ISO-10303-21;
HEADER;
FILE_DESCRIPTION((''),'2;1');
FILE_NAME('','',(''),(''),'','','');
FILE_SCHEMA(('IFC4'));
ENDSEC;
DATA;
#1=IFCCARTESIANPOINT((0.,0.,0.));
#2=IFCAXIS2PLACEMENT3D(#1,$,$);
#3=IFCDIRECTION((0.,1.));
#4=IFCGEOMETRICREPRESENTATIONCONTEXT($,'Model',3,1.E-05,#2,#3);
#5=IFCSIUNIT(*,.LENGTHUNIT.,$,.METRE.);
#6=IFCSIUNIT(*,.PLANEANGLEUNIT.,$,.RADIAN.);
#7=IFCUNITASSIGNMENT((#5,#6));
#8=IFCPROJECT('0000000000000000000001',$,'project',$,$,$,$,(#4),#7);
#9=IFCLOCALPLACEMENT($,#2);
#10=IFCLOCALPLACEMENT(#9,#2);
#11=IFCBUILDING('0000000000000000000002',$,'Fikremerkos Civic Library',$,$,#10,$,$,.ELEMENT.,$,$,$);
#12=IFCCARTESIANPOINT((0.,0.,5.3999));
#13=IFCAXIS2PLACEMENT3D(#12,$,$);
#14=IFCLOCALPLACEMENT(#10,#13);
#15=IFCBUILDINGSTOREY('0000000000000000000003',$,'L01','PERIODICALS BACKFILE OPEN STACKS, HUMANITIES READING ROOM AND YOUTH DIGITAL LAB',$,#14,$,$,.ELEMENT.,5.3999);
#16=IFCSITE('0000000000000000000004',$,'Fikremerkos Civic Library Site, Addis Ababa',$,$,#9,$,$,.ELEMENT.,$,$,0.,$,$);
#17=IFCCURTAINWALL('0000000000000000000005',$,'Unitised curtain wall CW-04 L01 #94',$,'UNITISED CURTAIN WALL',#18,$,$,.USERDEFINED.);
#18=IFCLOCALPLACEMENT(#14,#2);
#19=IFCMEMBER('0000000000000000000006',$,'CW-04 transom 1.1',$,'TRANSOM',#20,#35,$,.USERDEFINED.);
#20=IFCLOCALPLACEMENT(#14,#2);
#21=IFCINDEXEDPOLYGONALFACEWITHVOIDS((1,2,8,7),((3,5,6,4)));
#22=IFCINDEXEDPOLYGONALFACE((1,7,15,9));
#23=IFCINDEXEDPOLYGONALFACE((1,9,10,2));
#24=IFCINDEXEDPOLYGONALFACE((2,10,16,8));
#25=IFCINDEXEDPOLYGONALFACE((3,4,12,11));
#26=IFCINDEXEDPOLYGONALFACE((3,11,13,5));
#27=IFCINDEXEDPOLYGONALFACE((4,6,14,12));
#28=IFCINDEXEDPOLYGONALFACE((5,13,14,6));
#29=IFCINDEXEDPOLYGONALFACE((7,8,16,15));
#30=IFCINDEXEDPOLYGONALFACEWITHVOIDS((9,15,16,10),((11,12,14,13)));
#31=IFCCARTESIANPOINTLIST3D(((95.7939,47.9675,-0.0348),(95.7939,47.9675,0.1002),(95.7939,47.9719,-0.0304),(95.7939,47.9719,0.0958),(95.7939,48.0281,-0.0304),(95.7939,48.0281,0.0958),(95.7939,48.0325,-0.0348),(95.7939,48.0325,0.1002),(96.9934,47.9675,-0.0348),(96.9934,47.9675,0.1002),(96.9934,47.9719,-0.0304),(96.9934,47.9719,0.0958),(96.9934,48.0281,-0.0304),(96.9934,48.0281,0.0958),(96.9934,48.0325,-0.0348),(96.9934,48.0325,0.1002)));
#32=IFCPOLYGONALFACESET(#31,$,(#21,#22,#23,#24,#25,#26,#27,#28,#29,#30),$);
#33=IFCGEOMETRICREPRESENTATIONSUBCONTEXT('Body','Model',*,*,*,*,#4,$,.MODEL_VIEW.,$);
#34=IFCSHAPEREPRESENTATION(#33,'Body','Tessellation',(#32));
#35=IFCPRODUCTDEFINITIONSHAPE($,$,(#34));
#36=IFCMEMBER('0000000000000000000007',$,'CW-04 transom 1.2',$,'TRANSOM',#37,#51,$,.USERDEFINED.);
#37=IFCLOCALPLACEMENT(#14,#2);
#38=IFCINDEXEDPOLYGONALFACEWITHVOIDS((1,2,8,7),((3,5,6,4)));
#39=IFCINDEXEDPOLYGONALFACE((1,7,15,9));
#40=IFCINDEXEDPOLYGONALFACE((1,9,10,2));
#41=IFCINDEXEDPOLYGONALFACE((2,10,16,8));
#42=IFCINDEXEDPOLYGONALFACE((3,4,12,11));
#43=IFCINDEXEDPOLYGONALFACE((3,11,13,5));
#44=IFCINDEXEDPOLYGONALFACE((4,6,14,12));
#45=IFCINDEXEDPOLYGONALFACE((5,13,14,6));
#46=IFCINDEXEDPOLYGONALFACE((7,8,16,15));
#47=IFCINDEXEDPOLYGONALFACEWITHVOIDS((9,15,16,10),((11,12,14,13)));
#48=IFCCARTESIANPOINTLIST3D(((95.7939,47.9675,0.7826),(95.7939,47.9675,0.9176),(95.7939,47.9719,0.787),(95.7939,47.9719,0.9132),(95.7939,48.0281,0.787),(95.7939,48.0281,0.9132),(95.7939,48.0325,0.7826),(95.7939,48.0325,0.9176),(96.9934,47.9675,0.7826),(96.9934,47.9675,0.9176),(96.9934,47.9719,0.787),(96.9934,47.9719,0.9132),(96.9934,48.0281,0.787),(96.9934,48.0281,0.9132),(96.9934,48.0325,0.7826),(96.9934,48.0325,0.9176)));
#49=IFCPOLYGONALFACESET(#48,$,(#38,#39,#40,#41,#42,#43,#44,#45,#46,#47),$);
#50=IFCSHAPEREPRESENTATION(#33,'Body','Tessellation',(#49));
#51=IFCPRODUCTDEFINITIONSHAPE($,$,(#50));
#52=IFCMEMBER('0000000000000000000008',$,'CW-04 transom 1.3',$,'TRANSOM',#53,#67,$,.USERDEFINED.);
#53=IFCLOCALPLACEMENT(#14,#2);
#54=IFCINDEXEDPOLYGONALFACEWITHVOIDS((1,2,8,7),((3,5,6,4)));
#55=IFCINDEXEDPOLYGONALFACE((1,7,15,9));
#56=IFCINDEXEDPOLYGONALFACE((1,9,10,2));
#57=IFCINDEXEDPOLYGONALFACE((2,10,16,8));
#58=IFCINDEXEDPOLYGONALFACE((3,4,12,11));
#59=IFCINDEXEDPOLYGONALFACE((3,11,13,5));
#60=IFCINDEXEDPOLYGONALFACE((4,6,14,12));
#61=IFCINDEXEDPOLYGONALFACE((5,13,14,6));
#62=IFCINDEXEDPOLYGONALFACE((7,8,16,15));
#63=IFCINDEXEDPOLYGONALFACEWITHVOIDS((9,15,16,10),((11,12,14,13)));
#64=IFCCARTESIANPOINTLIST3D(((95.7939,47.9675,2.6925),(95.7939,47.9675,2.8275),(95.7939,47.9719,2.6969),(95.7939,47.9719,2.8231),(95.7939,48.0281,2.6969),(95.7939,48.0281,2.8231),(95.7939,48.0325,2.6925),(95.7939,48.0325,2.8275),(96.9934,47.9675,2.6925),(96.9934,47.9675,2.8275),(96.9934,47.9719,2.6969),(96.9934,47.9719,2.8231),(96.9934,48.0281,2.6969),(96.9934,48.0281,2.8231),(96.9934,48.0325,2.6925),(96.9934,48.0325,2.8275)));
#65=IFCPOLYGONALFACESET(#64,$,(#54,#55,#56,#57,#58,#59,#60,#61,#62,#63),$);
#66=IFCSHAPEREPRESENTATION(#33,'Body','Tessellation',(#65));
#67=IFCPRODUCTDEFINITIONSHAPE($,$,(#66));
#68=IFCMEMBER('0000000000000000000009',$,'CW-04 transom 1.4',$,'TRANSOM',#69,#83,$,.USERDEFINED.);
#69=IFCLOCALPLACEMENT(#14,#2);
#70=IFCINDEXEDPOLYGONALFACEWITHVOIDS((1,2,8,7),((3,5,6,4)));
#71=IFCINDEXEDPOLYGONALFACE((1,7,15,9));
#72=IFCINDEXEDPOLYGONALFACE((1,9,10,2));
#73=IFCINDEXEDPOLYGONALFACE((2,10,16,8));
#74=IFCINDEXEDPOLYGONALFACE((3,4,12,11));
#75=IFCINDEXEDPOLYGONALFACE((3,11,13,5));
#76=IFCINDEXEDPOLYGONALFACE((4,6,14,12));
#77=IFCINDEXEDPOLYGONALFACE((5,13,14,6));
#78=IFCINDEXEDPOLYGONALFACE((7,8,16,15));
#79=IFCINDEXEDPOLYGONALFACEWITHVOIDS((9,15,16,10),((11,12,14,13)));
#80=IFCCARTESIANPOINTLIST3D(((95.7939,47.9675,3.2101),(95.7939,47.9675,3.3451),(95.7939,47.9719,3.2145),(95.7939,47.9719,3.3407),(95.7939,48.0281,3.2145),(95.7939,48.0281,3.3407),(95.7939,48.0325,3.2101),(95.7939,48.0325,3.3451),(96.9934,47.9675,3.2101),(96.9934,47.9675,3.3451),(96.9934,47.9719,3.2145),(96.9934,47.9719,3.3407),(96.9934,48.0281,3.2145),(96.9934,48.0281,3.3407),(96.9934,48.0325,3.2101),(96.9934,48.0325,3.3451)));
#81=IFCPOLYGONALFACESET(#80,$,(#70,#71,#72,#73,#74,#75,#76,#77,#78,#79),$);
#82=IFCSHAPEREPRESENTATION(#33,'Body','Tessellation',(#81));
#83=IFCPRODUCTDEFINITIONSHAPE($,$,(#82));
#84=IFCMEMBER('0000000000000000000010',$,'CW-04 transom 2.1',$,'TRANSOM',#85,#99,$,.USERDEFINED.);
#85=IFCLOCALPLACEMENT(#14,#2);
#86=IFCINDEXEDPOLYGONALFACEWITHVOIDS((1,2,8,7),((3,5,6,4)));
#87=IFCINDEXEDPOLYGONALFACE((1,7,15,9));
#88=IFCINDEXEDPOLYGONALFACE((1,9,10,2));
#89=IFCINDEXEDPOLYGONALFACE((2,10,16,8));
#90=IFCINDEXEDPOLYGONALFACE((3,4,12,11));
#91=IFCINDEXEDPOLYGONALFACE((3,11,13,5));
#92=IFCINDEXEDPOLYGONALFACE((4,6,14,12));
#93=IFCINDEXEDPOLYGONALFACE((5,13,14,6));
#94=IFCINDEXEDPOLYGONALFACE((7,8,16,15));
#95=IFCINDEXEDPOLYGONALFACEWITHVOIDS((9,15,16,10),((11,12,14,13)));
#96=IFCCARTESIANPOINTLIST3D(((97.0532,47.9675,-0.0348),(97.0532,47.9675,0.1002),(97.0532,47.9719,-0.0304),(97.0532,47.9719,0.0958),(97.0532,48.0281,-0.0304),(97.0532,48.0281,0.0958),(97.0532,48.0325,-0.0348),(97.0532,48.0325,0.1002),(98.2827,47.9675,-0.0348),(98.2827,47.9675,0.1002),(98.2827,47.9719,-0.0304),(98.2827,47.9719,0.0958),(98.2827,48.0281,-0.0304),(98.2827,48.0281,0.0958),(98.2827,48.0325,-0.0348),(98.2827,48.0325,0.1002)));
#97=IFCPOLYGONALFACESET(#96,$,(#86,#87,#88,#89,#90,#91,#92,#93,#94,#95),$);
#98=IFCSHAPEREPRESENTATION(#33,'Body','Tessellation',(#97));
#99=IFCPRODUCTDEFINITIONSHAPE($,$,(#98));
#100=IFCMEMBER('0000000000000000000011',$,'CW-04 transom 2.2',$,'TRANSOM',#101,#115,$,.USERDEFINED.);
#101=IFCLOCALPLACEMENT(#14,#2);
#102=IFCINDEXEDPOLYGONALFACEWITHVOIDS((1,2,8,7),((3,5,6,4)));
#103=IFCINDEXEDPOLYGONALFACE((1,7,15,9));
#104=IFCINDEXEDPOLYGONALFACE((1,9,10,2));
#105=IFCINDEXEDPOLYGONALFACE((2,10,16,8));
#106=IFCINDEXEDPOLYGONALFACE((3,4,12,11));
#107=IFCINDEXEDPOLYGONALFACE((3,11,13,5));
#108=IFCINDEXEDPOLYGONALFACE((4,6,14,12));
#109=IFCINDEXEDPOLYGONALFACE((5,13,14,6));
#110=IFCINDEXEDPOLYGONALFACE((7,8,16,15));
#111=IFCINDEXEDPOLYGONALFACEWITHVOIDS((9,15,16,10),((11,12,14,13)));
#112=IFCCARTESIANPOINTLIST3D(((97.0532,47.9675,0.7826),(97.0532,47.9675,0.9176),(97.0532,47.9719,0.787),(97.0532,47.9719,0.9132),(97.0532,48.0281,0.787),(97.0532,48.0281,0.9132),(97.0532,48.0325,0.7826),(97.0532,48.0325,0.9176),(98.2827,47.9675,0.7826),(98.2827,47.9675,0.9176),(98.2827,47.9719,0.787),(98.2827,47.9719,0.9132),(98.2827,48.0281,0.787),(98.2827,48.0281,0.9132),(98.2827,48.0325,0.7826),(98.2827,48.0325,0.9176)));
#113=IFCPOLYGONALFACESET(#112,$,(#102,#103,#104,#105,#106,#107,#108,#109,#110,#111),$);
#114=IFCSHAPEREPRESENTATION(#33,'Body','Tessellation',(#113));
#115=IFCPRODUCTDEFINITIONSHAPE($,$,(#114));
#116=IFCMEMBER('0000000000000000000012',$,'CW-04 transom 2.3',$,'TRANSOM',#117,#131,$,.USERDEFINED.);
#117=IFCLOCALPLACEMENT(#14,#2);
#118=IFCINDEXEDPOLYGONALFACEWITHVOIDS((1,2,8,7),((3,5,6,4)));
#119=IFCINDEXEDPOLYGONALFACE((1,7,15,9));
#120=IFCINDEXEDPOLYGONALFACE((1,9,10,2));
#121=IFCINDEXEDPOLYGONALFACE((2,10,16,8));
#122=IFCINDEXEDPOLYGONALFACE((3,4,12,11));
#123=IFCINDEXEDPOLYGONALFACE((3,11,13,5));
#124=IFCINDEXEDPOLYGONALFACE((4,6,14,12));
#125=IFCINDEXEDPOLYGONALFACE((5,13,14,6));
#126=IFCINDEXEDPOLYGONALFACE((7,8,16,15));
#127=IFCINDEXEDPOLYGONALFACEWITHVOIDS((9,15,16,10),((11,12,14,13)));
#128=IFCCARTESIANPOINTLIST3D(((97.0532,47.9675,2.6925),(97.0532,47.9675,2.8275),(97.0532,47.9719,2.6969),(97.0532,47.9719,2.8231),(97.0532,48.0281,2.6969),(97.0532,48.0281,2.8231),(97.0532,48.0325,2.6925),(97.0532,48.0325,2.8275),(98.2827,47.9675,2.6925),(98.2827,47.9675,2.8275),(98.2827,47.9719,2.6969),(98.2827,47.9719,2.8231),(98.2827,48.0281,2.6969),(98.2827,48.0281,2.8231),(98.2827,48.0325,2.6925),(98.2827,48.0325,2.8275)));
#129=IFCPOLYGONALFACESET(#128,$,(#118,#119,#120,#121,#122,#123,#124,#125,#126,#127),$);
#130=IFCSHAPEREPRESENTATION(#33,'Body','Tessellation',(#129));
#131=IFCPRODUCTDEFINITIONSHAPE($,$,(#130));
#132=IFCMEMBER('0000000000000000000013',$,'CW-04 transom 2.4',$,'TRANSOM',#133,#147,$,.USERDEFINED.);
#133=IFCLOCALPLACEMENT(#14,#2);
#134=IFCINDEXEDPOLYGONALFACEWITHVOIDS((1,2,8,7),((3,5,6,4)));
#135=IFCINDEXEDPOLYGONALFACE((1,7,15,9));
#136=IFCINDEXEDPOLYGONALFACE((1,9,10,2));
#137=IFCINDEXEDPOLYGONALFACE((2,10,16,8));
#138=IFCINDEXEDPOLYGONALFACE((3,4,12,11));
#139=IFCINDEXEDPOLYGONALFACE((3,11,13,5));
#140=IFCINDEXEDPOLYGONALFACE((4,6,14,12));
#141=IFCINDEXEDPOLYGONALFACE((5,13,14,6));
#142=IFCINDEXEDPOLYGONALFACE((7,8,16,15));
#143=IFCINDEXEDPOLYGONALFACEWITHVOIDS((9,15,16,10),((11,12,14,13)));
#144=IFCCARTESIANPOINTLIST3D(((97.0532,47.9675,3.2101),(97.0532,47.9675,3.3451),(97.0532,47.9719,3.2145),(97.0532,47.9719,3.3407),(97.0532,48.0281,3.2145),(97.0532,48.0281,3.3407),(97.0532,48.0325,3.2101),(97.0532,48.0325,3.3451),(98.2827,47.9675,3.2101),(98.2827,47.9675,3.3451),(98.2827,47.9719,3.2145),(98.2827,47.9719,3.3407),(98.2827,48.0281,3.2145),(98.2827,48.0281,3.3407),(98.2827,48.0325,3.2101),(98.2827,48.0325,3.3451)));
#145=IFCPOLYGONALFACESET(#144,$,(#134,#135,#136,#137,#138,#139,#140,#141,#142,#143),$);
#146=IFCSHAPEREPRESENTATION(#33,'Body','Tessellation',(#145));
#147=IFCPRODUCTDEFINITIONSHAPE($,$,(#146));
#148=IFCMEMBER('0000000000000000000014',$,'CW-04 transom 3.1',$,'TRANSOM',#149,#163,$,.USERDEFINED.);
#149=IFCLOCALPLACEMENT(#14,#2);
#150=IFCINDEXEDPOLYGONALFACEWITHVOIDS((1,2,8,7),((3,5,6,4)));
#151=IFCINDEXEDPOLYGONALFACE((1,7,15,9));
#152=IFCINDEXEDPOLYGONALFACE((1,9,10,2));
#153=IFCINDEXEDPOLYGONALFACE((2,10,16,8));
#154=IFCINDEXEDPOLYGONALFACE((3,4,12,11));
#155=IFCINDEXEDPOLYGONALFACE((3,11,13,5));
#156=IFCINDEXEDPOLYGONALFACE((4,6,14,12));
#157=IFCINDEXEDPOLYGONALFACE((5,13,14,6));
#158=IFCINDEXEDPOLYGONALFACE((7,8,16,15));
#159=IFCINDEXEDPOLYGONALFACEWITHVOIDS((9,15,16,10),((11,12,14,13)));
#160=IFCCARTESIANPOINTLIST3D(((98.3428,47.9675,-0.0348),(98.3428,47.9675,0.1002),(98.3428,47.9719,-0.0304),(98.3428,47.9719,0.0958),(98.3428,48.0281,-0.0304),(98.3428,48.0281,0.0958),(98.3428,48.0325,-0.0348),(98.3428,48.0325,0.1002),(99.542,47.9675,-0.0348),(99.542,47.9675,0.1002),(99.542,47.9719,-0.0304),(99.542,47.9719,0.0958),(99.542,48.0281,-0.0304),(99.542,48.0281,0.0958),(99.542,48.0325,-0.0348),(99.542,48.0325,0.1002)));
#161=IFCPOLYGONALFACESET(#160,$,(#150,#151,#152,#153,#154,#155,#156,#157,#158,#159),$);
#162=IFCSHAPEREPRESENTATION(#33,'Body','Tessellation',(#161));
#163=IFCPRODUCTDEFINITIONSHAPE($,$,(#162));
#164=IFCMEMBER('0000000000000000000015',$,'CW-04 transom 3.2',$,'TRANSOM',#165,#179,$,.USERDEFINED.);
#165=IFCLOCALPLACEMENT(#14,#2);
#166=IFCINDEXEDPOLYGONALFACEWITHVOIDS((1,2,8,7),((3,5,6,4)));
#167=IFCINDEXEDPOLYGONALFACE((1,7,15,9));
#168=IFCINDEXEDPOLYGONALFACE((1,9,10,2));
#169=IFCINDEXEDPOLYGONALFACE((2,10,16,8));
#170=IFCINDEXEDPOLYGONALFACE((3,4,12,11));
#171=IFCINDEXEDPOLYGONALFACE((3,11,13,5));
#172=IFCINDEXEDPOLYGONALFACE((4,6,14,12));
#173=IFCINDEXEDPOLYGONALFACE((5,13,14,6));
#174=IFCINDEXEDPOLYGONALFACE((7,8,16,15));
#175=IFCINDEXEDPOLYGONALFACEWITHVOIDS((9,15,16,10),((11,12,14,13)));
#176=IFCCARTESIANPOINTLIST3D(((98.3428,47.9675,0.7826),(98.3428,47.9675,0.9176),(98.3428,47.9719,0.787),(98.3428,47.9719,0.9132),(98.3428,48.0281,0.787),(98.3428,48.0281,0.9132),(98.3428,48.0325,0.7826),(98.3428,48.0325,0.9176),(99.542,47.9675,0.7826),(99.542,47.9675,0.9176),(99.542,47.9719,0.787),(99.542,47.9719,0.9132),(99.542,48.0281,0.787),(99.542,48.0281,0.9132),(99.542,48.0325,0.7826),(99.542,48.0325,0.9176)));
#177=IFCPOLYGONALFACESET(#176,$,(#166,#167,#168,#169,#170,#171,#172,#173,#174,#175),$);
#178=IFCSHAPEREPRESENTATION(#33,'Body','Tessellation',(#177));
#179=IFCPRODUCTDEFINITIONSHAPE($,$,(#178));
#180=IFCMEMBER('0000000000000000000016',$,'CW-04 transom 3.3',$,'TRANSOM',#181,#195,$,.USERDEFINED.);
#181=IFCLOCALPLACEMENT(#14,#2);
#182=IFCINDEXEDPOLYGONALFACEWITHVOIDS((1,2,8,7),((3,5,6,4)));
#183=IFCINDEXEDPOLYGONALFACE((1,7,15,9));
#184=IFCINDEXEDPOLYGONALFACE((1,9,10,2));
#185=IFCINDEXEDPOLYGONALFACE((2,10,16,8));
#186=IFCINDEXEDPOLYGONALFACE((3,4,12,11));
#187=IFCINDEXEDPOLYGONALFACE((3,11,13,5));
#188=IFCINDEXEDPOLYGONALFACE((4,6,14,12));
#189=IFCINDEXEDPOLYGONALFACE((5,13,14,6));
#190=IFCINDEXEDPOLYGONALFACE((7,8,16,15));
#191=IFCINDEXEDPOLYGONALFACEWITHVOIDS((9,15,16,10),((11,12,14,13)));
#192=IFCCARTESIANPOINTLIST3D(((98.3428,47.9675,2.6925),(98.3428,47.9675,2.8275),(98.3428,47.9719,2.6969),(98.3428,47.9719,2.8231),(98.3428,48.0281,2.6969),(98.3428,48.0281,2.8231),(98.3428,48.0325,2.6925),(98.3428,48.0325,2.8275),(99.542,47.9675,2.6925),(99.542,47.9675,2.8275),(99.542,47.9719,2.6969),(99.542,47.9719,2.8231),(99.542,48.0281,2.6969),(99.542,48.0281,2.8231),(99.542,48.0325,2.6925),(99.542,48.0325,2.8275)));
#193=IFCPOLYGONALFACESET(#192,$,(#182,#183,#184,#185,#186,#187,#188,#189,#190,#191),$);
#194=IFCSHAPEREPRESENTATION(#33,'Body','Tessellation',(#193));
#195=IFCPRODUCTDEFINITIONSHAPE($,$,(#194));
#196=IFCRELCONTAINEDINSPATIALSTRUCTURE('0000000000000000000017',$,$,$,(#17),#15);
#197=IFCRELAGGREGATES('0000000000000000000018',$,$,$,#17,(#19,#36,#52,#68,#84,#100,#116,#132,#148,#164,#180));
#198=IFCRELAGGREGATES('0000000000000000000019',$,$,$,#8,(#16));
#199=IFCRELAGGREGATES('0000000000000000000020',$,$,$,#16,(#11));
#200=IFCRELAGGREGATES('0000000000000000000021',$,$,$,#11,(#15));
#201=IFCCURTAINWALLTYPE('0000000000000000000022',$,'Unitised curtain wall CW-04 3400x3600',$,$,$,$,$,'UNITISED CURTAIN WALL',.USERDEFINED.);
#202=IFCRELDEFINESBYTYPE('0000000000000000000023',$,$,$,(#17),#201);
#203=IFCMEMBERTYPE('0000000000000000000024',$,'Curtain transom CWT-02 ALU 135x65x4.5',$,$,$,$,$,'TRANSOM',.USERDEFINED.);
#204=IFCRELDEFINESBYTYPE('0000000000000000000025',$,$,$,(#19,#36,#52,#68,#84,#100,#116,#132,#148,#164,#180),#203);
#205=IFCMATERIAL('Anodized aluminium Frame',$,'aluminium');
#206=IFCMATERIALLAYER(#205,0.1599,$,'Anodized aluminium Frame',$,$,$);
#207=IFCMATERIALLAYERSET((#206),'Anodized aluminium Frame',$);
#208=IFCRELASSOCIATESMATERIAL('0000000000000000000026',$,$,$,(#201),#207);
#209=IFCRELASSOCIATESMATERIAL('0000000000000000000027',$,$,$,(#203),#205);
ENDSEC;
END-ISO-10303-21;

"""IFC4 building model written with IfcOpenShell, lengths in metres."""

from ifc_helpers import new_model, si_unit, direction, frame, origin, origin_2d, place, context, subcontext, project, spatial, hollow_rectangle, extrude, material, layer, layer_set, material_profile, profile_set, type_object, element, aggregate, save


model = new_model("IFC4")

# Units and contexts
model_context = context("Model", 3, precision=1e-05, world=origin(), true_north=direction((0.0, 1.0)))
body_context = subcontext(model_context, "Body", "Model", "MODEL_VIEW")
ifc_project = project(units=[si_unit("LENGTHUNIT", "METRE"), si_unit("PLANEANGLEUNIT", "RADIAN")], contexts=[model_context])

# Site, building, storey
site_placement = place(None, origin())
site = spatial("IfcSite", under=ifc_project, at=site_placement, Name="Fikremerkos Civic Library Site, Addis Ababa", CompositionType="ELEMENT", RefElevation=0.0)
building_placement = place(site_placement, origin())
building = spatial("IfcBuilding", under=site, at=building_placement, Name="Fikremerkos Civic Library", CompositionType="ELEMENT")
storey_placement = place(building_placement, frame((0.0, 0.0, 5.3999)))
storey = spatial("IfcBuildingStorey", under=building, at=storey_placement, Name="L01", Description="PERIODICALS BACKFILE OPEN STACKS, HUMANITIES READING ROOM AND YOUTH DIGITAL LAB", CompositionType="ELEMENT", Elevation=5.3999)

# Curtain wall
ifc_material_1 = material(Name="Anodized aluminium Frame", Category="aluminium")
ifc_layer_1 = layer(ifc_material_1, 0.1599, Name="Anodized aluminium Frame")
ifc_layer_set_1 = layer_set([ifc_layer_1], Name="Anodized aluminium Frame")
curtain_wall_type_1 = type_object("IfcCurtainWallType", Name="Unitised curtain wall CW-04 3400x3600", ElementType="UNITISED CURTAIN WALL", PredefinedType="USERDEFINED", material=ifc_layer_set_1)
curtain_wall_1_placement = place(storey_placement, origin())
curtain_wall_1 = element("IfcCurtainWall", 1, at=curtain_wall_1_placement, inside=storey, type_object=curtain_wall_type_1, Name="Unitised curtain wall CW-04 L01 #94", ObjectType="UNITISED CURTAIN WALL", PredefinedType="USERDEFINED")

# Members
ifc_material_profile_1 = material_profile(ifc_material_1, hollow_rectangle(XDim=0.0649, YDim=0.135, WallThickness=0.0044, at=origin_2d()), Name="ALU 135x65x4.5")
ifc_profile_set_1 = profile_set([ifc_material_profile_1], Name="Anodized aluminium Frame")
member_type_1 = type_object("IfcMemberType", Name="Curtain transom CWT-02 ALU 135x65x4.5", ElementType="TRANSOM", PredefinedType="USERDEFINED", material=ifc_profile_set_1)
member_1_placement = place(storey_placement, frame((95.7939, 48.0, 0.0327), z_axis=(1.0, 0.0, 0.0), x_axis=(0.0, 1.0, 0.0)))
member_1 = element("IfcMember", 2, at=member_1_placement, type_object=member_type_1, Name="CW-04 transom 1.1", ObjectType="TRANSOM", PredefinedType="USERDEFINED", context=body_context, shape_type="SweptSolid", body=[
    extrude(hollow_rectangle(XDim=0.0649, YDim=0.135, WallThickness=0.0044, at=origin_2d()), origin(), (0.0, 0.0, 1.0), 1.1995),
])
member_2_placement = place(storey_placement, frame((95.7939, 48.0, 0.8501), z_axis=(1.0, 0.0, 0.0), x_axis=(0.0, 1.0, 0.0)))
member_2 = element("IfcMember", 3, at=member_2_placement, type_object=member_type_1, Name="CW-04 transom 1.2", ObjectType="TRANSOM", PredefinedType="USERDEFINED", context=body_context, shape_type="SweptSolid", body=[
    extrude(hollow_rectangle(XDim=0.0649, YDim=0.135, WallThickness=0.0044, at=origin_2d()), origin(), (0.0, 0.0, 1.0), 1.1995),
])
member_3_placement = place(storey_placement, frame((95.7939, 48.0, 2.76), z_axis=(1.0, 0.0, 0.0), x_axis=(0.0, 1.0, 0.0)))
member_3 = element("IfcMember", 4, at=member_3_placement, type_object=member_type_1, Name="CW-04 transom 1.3", ObjectType="TRANSOM", PredefinedType="USERDEFINED", context=body_context, shape_type="SweptSolid", body=[
    extrude(hollow_rectangle(XDim=0.0649, YDim=0.135, WallThickness=0.0044, at=origin_2d()), origin(), (0.0, 0.0, 1.0), 1.1995),
])
member_4_placement = place(storey_placement, frame((95.7939, 48.0, 3.2776), z_axis=(1.0, 0.0, 0.0), x_axis=(0.0, 1.0, 0.0)))
member_4 = element("IfcMember", 5, at=member_4_placement, type_object=member_type_1, Name="CW-04 transom 1.4", ObjectType="TRANSOM", PredefinedType="USERDEFINED", context=body_context, shape_type="SweptSolid", body=[
    extrude(hollow_rectangle(XDim=0.0649, YDim=0.135, WallThickness=0.0044, at=origin_2d()), origin(), (0.0, 0.0, 1.0), 1.1995),
])
member_5_placement = place(storey_placement, frame((97.0532, 48.0, 0.0327), z_axis=(1.0, 0.0, 0.0), x_axis=(0.0, 1.0, 0.0)))
member_5 = element("IfcMember", 6, at=member_5_placement, type_object=member_type_1, Name="CW-04 transom 2.1", ObjectType="TRANSOM", PredefinedType="USERDEFINED", context=body_context, shape_type="SweptSolid", body=[
    extrude(hollow_rectangle(XDim=0.0649, YDim=0.135, WallThickness=0.0044, at=origin_2d()), origin(), (0.0, 0.0, 1.0), 1.2295),
])
member_6_placement = place(storey_placement, frame((97.0532, 48.0, 0.8501), z_axis=(1.0, 0.0, 0.0), x_axis=(0.0, 1.0, 0.0)))
member_6 = element("IfcMember", 7, at=member_6_placement, type_object=member_type_1, Name="CW-04 transom 2.2", ObjectType="TRANSOM", PredefinedType="USERDEFINED", context=body_context, shape_type="SweptSolid", body=[
    extrude(hollow_rectangle(XDim=0.0649, YDim=0.135, WallThickness=0.0044, at=origin_2d()), origin(), (0.0, 0.0, 1.0), 1.2295),
])
member_7_placement = place(storey_placement, frame((97.0532, 48.0, 2.76), z_axis=(1.0, 0.0, 0.0), x_axis=(0.0, 1.0, 0.0)))
member_7 = element("IfcMember", 8, at=member_7_placement, type_object=member_type_1, Name="CW-04 transom 2.3", ObjectType="TRANSOM", PredefinedType="USERDEFINED", context=body_context, shape_type="SweptSolid", body=[
    extrude(hollow_rectangle(XDim=0.0649, YDim=0.135, WallThickness=0.0044, at=origin_2d()), origin(), (0.0, 0.0, 1.0), 1.2295),
])
member_8_placement = place(storey_placement, frame((97.0532, 48.0, 3.2776), z_axis=(1.0, 0.0, 0.0), x_axis=(0.0, 1.0, 0.0)))
member_8 = element("IfcMember", 9, at=member_8_placement, type_object=member_type_1, Name="CW-04 transom 2.4", ObjectType="TRANSOM", PredefinedType="USERDEFINED", context=body_context, shape_type="SweptSolid", body=[
    extrude(hollow_rectangle(XDim=0.0649, YDim=0.135, WallThickness=0.0044, at=origin_2d()), origin(), (0.0, 0.0, 1.0), 1.2295),
])
member_9_placement = place(storey_placement, frame((98.3428, 48.0, 0.0327), z_axis=(1.0, 0.0, 0.0), x_axis=(0.0, 1.0, 0.0)))
member_9 = element("IfcMember", 10, at=member_9_placement, type_object=member_type_1, Name="CW-04 transom 3.1", ObjectType="TRANSOM", PredefinedType="USERDEFINED", context=body_context, shape_type="SweptSolid", body=[
    extrude(hollow_rectangle(XDim=0.0649, YDim=0.135, WallThickness=0.0044, at=origin_2d()), origin(), (0.0, 0.0, 1.0), 1.1992),
])
member_10_placement = place(storey_placement, frame((98.3428, 48.0, 0.8501), z_axis=(1.0, 0.0, 0.0), x_axis=(0.0, 1.0, 0.0)))
member_10 = element("IfcMember", 11, at=member_10_placement, type_object=member_type_1, Name="CW-04 transom 3.2", ObjectType="TRANSOM", PredefinedType="USERDEFINED", context=body_context, shape_type="SweptSolid", body=[
    extrude(hollow_rectangle(XDim=0.0649, YDim=0.135, WallThickness=0.0044, at=origin_2d()), origin(), (0.0, 0.0, 1.0), 1.1992),
])
member_11_placement = place(storey_placement, frame((98.3428, 48.0, 2.76), z_axis=(1.0, 0.0, 0.0), x_axis=(0.0, 1.0, 0.0)))
member_11 = element("IfcMember", 12, at=member_11_placement, type_object=member_type_1, Name="CW-04 transom 3.3", ObjectType="TRANSOM", PredefinedType="USERDEFINED", context=body_context, shape_type="SweptSolid", body=[
    extrude(hollow_rectangle(XDim=0.0649, YDim=0.135, WallThickness=0.0044, at=origin_2d()), origin(), (0.0, 0.0, 1.0), 1.1992),
])

aggregate(curtain_wall_1, [member_1, member_2, member_3, member_4, member_5, member_6, member_7, member_8, member_9, member_10, member_11])

save(model, "model.ifc")
